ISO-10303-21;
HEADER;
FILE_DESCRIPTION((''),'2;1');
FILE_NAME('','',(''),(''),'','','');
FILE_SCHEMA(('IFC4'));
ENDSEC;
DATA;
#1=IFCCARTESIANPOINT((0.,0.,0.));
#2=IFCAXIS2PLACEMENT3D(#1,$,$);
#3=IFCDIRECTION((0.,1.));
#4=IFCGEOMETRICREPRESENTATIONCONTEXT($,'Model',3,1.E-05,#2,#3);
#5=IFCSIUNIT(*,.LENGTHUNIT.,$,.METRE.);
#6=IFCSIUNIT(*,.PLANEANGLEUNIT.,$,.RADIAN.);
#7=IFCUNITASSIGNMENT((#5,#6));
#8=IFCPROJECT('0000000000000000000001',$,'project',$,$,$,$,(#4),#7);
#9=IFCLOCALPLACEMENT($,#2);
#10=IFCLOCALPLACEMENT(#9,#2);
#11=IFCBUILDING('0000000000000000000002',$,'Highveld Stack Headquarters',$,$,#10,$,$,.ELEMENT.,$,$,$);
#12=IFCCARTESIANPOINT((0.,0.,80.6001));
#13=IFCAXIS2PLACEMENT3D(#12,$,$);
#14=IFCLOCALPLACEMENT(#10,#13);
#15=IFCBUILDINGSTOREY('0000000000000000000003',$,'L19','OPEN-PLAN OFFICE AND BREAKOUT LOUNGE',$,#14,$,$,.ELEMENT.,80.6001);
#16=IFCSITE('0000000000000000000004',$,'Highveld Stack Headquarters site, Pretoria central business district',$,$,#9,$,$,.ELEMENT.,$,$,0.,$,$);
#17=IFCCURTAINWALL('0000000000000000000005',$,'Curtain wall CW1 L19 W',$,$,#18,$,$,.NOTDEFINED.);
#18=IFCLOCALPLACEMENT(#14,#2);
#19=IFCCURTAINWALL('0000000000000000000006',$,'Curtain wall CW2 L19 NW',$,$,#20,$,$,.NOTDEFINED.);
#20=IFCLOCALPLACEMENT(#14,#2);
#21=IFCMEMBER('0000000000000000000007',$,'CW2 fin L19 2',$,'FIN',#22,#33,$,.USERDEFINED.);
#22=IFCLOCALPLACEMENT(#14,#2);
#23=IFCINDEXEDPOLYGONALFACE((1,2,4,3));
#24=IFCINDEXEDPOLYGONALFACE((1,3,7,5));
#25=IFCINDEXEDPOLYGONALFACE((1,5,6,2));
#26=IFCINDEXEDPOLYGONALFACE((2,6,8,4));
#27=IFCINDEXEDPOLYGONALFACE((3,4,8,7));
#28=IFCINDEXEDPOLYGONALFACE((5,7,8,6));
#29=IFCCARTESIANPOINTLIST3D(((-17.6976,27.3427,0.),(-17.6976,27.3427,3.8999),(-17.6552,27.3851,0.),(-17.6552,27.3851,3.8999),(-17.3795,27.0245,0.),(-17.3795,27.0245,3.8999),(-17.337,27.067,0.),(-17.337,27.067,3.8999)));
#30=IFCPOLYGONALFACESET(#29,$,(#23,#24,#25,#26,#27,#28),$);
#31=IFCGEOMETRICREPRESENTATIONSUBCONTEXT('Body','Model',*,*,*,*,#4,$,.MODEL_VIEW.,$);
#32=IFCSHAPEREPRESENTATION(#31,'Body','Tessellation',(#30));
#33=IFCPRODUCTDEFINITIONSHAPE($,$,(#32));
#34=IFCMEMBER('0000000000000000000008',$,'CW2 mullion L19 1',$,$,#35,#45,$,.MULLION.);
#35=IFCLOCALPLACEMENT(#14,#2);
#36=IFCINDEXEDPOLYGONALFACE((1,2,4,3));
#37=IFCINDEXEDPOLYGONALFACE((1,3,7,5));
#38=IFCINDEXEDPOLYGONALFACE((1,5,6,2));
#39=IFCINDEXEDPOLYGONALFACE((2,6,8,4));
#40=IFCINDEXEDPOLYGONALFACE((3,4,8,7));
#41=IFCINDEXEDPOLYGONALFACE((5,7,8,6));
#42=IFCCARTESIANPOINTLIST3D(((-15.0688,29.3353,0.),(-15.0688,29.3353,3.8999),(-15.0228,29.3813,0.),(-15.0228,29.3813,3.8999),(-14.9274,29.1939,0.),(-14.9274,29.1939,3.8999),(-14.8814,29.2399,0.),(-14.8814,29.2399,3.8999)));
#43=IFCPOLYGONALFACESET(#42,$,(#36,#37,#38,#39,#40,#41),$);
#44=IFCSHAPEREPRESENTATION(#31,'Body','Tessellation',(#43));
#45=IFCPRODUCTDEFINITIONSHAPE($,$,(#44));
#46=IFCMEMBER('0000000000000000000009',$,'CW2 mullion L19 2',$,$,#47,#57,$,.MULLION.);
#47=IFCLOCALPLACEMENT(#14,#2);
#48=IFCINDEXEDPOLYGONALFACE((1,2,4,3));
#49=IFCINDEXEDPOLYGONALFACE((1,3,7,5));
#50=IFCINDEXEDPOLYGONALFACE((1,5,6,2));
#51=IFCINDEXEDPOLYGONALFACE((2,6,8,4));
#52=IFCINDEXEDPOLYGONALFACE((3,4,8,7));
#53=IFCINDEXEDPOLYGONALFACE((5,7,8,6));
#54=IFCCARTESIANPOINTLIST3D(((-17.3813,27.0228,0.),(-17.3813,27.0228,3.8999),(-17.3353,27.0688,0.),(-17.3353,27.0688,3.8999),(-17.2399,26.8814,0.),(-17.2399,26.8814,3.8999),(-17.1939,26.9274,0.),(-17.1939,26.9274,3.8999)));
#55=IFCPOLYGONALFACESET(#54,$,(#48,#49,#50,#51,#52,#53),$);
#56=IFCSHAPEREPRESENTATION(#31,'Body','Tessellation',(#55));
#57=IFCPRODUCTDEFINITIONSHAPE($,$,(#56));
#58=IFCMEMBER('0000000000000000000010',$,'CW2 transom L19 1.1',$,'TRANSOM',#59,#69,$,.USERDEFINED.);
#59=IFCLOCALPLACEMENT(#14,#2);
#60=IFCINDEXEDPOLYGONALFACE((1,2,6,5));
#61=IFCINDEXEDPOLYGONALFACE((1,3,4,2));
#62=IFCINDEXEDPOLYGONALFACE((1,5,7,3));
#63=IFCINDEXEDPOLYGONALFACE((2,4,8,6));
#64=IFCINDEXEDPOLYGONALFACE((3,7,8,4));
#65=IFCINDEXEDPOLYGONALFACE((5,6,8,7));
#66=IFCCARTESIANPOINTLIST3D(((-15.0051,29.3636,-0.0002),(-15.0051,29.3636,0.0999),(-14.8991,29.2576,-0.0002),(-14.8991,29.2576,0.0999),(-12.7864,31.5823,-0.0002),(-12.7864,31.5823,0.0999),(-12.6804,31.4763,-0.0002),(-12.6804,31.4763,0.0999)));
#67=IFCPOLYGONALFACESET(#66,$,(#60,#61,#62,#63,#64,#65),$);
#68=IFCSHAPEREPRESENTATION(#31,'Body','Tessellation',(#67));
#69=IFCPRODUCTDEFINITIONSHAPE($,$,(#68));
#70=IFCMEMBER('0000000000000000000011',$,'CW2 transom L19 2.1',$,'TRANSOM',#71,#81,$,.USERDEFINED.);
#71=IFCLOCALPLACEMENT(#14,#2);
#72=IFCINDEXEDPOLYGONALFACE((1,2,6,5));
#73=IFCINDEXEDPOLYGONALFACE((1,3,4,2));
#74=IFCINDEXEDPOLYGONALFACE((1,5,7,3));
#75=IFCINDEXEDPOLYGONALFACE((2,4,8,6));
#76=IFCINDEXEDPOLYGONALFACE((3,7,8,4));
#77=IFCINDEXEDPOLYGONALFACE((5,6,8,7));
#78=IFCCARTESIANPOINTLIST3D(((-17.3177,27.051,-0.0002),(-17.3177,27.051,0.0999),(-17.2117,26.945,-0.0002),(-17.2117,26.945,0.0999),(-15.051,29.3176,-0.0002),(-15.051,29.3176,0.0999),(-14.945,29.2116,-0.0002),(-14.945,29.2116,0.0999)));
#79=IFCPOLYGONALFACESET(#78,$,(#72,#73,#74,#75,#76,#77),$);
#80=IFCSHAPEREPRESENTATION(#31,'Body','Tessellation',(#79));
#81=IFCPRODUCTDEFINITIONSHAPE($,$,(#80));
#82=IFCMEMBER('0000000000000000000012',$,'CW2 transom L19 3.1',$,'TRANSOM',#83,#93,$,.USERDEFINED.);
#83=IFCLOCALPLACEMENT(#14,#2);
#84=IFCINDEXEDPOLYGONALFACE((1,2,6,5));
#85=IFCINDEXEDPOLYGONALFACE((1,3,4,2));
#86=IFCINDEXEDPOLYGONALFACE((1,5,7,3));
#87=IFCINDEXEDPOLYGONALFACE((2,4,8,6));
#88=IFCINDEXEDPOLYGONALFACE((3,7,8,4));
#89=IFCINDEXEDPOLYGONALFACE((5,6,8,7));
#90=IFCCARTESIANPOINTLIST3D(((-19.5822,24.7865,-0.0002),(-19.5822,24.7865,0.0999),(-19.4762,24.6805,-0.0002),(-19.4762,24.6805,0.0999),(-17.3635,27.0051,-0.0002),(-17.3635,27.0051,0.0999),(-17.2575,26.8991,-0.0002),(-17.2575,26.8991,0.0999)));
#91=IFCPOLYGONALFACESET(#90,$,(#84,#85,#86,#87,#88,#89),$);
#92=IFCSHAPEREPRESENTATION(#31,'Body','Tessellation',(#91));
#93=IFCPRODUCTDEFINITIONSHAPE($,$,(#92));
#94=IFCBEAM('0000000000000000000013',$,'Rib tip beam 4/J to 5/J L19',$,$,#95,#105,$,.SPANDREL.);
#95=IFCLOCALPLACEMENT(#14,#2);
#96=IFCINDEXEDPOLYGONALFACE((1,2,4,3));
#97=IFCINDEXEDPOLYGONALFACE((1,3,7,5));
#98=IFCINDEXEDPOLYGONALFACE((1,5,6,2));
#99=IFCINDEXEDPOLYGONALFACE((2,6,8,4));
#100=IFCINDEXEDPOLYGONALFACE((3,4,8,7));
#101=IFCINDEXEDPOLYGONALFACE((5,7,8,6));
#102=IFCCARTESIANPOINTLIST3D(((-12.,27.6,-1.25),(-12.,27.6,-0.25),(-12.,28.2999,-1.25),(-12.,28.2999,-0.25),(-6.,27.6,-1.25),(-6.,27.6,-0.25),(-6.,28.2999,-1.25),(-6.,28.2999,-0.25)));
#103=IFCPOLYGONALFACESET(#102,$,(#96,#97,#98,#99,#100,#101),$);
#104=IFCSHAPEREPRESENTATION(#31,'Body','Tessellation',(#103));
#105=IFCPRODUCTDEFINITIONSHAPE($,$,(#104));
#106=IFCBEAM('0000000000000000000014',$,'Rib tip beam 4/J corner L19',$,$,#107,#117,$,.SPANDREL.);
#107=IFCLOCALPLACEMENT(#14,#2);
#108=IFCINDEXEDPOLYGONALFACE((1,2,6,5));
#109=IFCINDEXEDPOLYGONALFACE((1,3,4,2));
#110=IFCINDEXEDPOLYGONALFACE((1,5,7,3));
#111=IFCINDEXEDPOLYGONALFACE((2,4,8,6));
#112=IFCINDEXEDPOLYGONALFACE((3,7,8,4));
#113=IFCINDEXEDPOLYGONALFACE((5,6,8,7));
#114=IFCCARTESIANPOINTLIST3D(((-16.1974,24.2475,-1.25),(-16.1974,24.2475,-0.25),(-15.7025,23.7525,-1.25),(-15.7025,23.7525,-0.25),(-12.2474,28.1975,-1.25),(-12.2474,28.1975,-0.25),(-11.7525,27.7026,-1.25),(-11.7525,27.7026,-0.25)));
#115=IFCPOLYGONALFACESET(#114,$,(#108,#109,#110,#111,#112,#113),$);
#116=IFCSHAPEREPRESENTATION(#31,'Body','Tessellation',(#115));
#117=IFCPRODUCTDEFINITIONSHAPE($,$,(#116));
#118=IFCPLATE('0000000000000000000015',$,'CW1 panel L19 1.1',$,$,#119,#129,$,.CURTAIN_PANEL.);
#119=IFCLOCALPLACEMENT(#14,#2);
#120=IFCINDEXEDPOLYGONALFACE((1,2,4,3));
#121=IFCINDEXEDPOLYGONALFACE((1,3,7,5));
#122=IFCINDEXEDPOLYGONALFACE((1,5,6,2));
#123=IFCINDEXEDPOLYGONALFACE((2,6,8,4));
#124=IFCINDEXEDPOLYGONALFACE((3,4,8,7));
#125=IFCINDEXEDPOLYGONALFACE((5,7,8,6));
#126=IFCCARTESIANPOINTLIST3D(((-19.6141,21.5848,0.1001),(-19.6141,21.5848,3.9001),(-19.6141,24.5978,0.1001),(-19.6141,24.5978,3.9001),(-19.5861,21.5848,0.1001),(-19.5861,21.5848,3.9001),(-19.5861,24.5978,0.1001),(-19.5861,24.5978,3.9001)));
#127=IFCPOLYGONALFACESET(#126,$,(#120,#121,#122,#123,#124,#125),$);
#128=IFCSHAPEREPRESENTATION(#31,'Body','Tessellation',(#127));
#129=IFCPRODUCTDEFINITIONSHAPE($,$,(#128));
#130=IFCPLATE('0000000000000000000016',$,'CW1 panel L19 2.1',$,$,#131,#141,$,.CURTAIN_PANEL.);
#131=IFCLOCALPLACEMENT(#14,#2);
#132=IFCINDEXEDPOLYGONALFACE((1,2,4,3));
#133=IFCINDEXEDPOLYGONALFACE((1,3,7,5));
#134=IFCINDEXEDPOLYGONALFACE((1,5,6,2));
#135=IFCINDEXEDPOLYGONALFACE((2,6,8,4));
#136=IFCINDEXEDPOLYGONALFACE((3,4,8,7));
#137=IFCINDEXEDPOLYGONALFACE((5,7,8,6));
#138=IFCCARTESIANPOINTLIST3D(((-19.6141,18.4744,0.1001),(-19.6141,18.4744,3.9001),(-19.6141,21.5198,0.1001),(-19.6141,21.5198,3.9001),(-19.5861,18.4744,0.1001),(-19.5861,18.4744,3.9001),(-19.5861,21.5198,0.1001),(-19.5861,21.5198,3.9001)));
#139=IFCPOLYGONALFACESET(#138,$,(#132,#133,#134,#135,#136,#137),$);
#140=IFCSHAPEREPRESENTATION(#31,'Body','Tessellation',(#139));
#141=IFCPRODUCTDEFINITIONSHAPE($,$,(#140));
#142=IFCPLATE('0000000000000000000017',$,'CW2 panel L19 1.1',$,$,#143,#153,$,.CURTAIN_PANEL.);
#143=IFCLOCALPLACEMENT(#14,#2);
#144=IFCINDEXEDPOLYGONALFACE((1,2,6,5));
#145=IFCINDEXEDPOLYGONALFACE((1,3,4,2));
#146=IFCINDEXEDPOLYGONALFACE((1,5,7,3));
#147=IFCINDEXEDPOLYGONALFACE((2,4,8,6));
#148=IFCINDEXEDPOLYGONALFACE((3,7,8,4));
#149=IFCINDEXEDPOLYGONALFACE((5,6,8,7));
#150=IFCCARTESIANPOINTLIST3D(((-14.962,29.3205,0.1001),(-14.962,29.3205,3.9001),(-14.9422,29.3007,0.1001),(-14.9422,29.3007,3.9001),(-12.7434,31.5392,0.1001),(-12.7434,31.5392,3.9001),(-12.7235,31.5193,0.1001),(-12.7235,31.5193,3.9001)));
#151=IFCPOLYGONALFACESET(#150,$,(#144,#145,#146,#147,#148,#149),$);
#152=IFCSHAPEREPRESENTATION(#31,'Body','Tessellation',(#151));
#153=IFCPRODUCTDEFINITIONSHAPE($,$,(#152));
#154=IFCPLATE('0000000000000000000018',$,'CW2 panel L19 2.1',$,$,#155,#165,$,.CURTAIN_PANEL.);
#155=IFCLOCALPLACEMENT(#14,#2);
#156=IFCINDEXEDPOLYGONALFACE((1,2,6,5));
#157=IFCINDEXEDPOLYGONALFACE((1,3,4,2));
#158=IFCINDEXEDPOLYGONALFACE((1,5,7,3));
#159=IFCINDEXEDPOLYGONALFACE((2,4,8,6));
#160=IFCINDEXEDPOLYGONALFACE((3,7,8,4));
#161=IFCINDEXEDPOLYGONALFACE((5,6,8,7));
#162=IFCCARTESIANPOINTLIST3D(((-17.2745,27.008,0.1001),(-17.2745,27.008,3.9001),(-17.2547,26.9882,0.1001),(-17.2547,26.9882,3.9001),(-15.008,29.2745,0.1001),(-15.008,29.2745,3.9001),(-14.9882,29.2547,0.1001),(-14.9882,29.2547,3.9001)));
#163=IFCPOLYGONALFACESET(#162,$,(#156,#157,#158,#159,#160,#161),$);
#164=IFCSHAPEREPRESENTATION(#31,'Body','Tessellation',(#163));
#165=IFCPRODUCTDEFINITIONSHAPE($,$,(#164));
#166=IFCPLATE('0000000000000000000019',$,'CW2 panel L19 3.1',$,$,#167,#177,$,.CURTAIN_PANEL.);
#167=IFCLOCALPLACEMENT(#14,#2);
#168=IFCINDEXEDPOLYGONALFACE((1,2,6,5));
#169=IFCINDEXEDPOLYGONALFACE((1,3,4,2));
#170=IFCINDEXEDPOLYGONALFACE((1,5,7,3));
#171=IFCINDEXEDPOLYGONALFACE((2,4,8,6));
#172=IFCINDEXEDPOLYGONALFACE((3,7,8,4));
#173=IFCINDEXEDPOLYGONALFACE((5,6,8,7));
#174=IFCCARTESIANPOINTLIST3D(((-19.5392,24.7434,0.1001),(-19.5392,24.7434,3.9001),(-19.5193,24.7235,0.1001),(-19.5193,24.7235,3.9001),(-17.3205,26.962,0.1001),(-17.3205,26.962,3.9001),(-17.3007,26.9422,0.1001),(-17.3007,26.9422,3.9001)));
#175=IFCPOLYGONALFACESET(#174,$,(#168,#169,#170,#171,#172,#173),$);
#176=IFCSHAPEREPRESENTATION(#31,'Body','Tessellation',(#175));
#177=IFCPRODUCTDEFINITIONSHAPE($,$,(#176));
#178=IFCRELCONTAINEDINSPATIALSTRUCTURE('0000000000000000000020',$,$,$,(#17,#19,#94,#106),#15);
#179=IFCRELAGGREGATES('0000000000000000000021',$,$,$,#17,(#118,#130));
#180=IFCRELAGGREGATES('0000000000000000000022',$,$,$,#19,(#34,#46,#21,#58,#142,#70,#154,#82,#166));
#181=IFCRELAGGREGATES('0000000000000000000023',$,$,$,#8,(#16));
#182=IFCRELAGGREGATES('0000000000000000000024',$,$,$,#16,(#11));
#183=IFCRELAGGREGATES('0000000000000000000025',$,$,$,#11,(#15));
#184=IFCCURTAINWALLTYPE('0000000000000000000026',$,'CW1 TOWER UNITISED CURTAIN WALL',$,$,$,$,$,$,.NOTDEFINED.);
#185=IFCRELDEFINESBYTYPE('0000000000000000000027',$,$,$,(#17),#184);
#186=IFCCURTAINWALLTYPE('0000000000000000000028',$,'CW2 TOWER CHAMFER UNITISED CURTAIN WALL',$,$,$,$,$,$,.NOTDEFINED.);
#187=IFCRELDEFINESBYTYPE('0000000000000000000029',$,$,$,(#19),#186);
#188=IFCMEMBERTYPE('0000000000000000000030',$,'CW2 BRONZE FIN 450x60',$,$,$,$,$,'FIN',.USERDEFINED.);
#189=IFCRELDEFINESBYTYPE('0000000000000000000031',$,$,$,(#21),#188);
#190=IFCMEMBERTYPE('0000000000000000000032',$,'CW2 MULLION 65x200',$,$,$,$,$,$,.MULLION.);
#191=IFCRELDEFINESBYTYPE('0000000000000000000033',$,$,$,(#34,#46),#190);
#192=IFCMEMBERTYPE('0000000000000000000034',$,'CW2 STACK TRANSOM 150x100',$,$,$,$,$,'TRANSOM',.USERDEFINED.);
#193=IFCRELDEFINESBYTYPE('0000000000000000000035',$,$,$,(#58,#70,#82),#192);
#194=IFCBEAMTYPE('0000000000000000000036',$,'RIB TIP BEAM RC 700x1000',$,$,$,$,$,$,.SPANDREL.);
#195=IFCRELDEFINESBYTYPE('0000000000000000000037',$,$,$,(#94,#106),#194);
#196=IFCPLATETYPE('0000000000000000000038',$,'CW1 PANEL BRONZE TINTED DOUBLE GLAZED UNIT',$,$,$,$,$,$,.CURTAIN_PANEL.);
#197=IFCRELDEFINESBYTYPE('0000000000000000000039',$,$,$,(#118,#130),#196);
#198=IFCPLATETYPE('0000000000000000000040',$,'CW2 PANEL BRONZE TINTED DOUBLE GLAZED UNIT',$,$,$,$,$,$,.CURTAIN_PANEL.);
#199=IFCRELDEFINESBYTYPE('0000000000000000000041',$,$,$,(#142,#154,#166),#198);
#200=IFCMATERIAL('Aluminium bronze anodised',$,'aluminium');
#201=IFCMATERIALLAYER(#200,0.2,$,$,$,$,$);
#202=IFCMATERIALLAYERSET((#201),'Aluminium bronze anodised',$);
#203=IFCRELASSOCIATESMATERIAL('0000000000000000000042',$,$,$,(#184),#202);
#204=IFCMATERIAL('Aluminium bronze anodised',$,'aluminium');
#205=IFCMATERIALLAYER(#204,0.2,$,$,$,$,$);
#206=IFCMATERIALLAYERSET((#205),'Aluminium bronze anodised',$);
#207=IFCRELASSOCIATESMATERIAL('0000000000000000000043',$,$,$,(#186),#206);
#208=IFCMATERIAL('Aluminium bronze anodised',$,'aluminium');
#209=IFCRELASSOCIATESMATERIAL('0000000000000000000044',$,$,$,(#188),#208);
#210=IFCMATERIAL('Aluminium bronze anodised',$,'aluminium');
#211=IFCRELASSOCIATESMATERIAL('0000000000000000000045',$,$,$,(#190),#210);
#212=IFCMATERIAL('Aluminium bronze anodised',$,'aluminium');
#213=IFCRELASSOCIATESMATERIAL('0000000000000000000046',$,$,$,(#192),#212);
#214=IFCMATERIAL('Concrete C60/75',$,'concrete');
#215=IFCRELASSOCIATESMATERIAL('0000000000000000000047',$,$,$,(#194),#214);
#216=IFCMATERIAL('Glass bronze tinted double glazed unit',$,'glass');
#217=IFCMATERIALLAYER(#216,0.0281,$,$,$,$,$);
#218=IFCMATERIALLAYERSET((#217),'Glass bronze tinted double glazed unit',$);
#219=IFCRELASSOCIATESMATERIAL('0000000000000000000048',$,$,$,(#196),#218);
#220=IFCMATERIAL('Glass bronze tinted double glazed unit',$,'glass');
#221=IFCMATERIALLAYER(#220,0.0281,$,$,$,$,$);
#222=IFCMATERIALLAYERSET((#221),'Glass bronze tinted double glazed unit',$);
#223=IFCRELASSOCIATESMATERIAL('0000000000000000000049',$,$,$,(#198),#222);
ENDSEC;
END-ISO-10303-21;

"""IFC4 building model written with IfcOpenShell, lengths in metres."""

from ifc_helpers import new_model, si_unit, direction, frame, origin, origin_2d, place, context, subcontext, project, spatial, rectangle, extrude, material, layer, layer_set, material_profile, profile_set, type_object, element, aggregate, save


model = new_model("IFC4")

# Units and contexts
model_context = context("Model", 3, precision=1e-05, world=origin(), true_north=direction((0.0, 1.0)))
body_context = subcontext(model_context, "Body", "Model", "MODEL_VIEW")
ifc_project = project(units=[si_unit("LENGTHUNIT", "METRE"), si_unit("PLANEANGLEUNIT", "RADIAN")], contexts=[model_context])

# Site, building, storey
site_placement = place(None, origin())
site = spatial("IfcSite", under=ifc_project, at=site_placement, Name="Highveld Stack Headquarters site, Pretoria central business district", CompositionType="ELEMENT", RefElevation=0.0)
building_placement = place(site_placement, origin())
building = spatial("IfcBuilding", under=site, at=building_placement, Name="Highveld Stack Headquarters", CompositionType="ELEMENT")
storey_placement = place(building_placement, frame((0.0, 0.0, 80.6001)))
storey = spatial("IfcBuildingStorey", under=building, at=storey_placement, Name="L19", Description="OPEN-PLAN OFFICE AND BREAKOUT LOUNGE", CompositionType="ELEMENT", Elevation=80.6001)

# Shared definitions
ifc_material_1 = material(Name="Aluminium bronze anodised", Category="aluminium")
ifc_layer_1 = layer(ifc_material_1, 0.2)
ifc_layer_set_1 = layer_set([ifc_layer_1], Name="Aluminium bronze anodised")
curtain_wall_type_1 = type_object("IfcCurtainWallType", Name="CW1 TOWER UNITISED CURTAIN WALL", PredefinedType="NOTDEFINED", material=ifc_layer_set_1)

# Curtain wall
curtain_wall_1_placement = place(storey_placement, origin())
curtain_wall_1 = element("IfcCurtainWall", 1, at=curtain_wall_1_placement, inside=storey, type_object=curtain_wall_type_1, Name="Curtain wall CW1 L19 W", PredefinedType="NOTDEFINED")

# Curtain wall, members
ifc_material_2 = material(Name="Aluminium bronze anodised", Category="aluminium")
ifc_layer_2 = layer(ifc_material_2, 0.2)
ifc_layer_set_2 = layer_set([ifc_layer_2], Name="Aluminium bronze anodised")
curtain_wall_type_2 = type_object("IfcCurtainWallType", Name="CW2 TOWER CHAMFER UNITISED CURTAIN WALL", PredefinedType="NOTDEFINED", material=ifc_layer_set_2)
curtain_wall_2_placement = place(storey_placement, origin())
curtain_wall_2 = element("IfcCurtainWall", 2, at=curtain_wall_2_placement, inside=storey, type_object=curtain_wall_type_2, Name="Curtain wall CW2 L19 NW", PredefinedType="NOTDEFINED")
ifc_material_3 = material(Name="Aluminium bronze anodised", Category="aluminium")
ifc_material_profile_1 = material_profile(ifc_material_3, rectangle(XDim=0.45, YDim=0.0601, at=origin_2d()), Name="FIN 450x60")
ifc_profile_set_1 = profile_set([ifc_material_profile_1], Name="Aluminium bronze anodised")
member_type_1 = type_object("IfcMemberType", Name="CW2 BRONZE FIN 450x60", ElementType="FIN", PredefinedType="USERDEFINED", material=ifc_profile_set_1)
member_1_placement = place(storey_placement, frame((-17.5173, 27.2048, 0.0), z_axis=(0.0, 0.0, 1.0), x_axis=(0.707107, -0.707107, 0.0)))
member_1 = element("IfcMember", 3, at=member_1_placement, type_object=member_type_1, Name="CW2 fin L19 2", ObjectType="FIN", PredefinedType="USERDEFINED", context=body_context, shape_type="SweptSolid", body=[
    extrude(rectangle(XDim=0.45, YDim=0.0601, at=origin_2d()), origin(), (0.0, 0.0, 1.0), 3.8999),
])
ifc_material_4 = material(Name="Aluminium bronze anodised", Category="aluminium")
ifc_material_profile_2 = material_profile(ifc_material_4, rectangle(XDim=0.2, YDim=0.0649, at=origin_2d()), Name="CW2 MULLION 65x200")
ifc_profile_set_2 = profile_set([ifc_material_profile_2], Name="Aluminium bronze anodised")
member_type_2 = type_object("IfcMemberType", Name="CW2 MULLION 65x200", PredefinedType="MULLION", material=ifc_profile_set_2)
member_2_placement = place(storey_placement, frame((-14.9751, 29.2876, 0.0), z_axis=(0.0, 0.0, 1.0), x_axis=(0.707107, -0.707107, 0.0)))
member_2 = element("IfcMember", 4, at=member_2_placement, type_object=member_type_2, Name="CW2 mullion L19 1", PredefinedType="MULLION", context=body_context, shape_type="SweptSolid", body=[
    extrude(rectangle(XDim=0.2, YDim=0.0649, at=origin_2d()), origin(), (0.0, 0.0, 1.0), 3.8999),
])
member_3_placement = place(storey_placement, frame((-17.2876, 26.9751, 0.0), z_axis=(0.0, 0.0, 1.0), x_axis=(0.707107, -0.707107, 0.0)))
member_3 = element("IfcMember", 5, at=member_3_placement, type_object=member_type_2, Name="CW2 mullion L19 2", PredefinedType="MULLION", context=body_context, shape_type="SweptSolid", body=[
    extrude(rectangle(XDim=0.2, YDim=0.0649, at=origin_2d()), origin(), (0.0, 0.0, 1.0), 3.8999),
])
ifc_material_5 = material(Name="Aluminium bronze anodised", Category="aluminium")
ifc_material_profile_3 = material_profile(ifc_material_5, rectangle(XDim=0.1499, YDim=0.1001, at=origin_2d()), Name="CW2 TRANSOM 150x100")
ifc_profile_set_3 = profile_set([ifc_material_profile_3], Name="Aluminium bronze anodised")
member_type_3 = type_object("IfcMemberType", Name="CW2 STACK TRANSOM 150x100", ElementType="TRANSOM", PredefinedType="USERDEFINED", material=ifc_profile_set_3)
member_4_placement = place(storey_placement, frame((-12.7334, 31.5293, 0.0498), z_axis=(-0.707107, -0.707107, 0.0), x_axis=(0.707107, -0.707107, 0.0)))
member_4 = element("IfcMember", 6, at=member_4_placement, type_object=member_type_3, Name="CW2 transom L19 1.1", ObjectType="TRANSOM", PredefinedType="USERDEFINED", context=body_context, shape_type="SweptSolid", body=[
    extrude(rectangle(XDim=0.1499, YDim=0.1001, at=origin_2d()), origin(), (0.0, 0.0, 1.0), 3.1377),
])
member_5_placement = place(storey_placement, frame((-14.998, 29.2646, 0.0498), z_axis=(-0.707107, -0.707107, 0.0), x_axis=(0.707107, -0.707107, 0.0)))
member_5 = element("IfcMember", 7, at=member_5_placement, type_object=member_type_3, Name="CW2 transom L19 2.1", ObjectType="TRANSOM", PredefinedType="USERDEFINED", context=body_context, shape_type="SweptSolid", body=[
    extrude(rectangle(XDim=0.1499, YDim=0.1001, at=origin_2d()), origin(), (0.0, 0.0, 1.0), 3.2056),
])
member_6_placement = place(storey_placement, frame((-17.3105, 26.9521, 0.0498), z_axis=(-0.707107, -0.707107, 0.0), x_axis=(0.707107, -0.707107, 0.0)))
member_6 = element("IfcMember", 8, at=member_6_placement, type_object=member_type_3, Name="CW2 transom L19 3.1", ObjectType="TRANSOM", PredefinedType="USERDEFINED", context=body_context, shape_type="SweptSolid", body=[
    extrude(rectangle(XDim=0.1499, YDim=0.1001, at=origin_2d()), origin(), (0.0, 0.0, 1.0), 3.1377),
])

# Beams
ifc_material_6 = material(Name="Concrete C60/75", Category="concrete")
ifc_material_profile_4 = material_profile(ifc_material_6, rectangle(XDim=0.7, YDim=1.0, at=origin_2d()), Name="RC 700x1000")
ifc_profile_set_4 = profile_set([ifc_material_profile_4], Name="Concrete C60/75")
beam_type_1 = type_object("IfcBeamType", Name="RIB TIP BEAM RC 700x1000", PredefinedType="SPANDREL", material=ifc_profile_set_4)
beam_1_placement = place(storey_placement, frame((-12.0, 27.95, -0.75), z_axis=(1.0, 0.0, 0.0), x_axis=(0.0, 1.0, 0.0)))
element("IfcBeam", 9, at=beam_1_placement, inside=storey, type_object=beam_type_1, Name="Rib tip beam 4/J to 5/J L19", PredefinedType="SPANDREL", context=body_context, shape_type="SweptSolid", body=[
    extrude(rectangle(XDim=0.7, YDim=1.0, at=origin_2d()), origin(), (0.0, 0.0, 1.0), 6.0),
])
beam_2_placement = place(storey_placement, frame((-15.95, 24.0, -0.75), z_axis=(0.707107, 0.707107, 0.0), x_axis=(-0.707107, 0.707107, 0.0)))
element("IfcBeam", 10, at=beam_2_placement, inside=storey, type_object=beam_type_1, Name="Rib tip beam 4/J corner L19", PredefinedType="SPANDREL", context=body_context, shape_type="SweptSolid", body=[
    extrude(rectangle(XDim=0.7, YDim=1.0, at=origin_2d()), origin(), (0.0, 0.0, 1.0), 5.5862),
])

# Plates
ifc_material_7 = material(Name="Glass bronze tinted double glazed unit", Category="glass")
ifc_layer_3 = layer(ifc_material_7, 0.0281)
ifc_layer_set_3 = layer_set([ifc_layer_3], Name="Glass bronze tinted double glazed unit")
plate_type_1 = type_object("IfcPlateType", Name="CW1 PANEL BRONZE TINTED DOUBLE GLAZED UNIT", PredefinedType="CURTAIN_PANEL", material=ifc_layer_set_3)
plate_1_placement = place(storey_placement, frame((-19.6001, 23.0913, 0.1001), z_axis=(0.0, 0.0, 1.0), x_axis=(0.0, -1.0, 0.0)))
plate_1 = element("IfcPlate", 11, at=plate_1_placement, type_object=plate_type_1, Name="CW1 panel L19 1.1", PredefinedType="CURTAIN_PANEL", context=body_context, shape_type="SweptSolid", body=[
    extrude(rectangle(XDim=3.0129, YDim=0.0281, at=origin_2d()), origin(), (0.0, 0.0, 1.0), 3.8),
])
plate_2_placement = place(storey_placement, frame((-19.6001, 19.9971, 0.1001), z_axis=(0.0, 0.0, 1.0), x_axis=(0.0, -1.0, 0.0)))
plate_2 = element("IfcPlate", 12, at=plate_2_placement, type_object=plate_type_1, Name="CW1 panel L19 2.1", PredefinedType="CURTAIN_PANEL", context=body_context, shape_type="SweptSolid", body=[
    extrude(rectangle(XDim=3.0454, YDim=0.0281, at=origin_2d()), origin(), (0.0, 0.0, 1.0), 3.8),
])
aggregate(curtain_wall_1, [plate_1, plate_2])
ifc_material_8 = material(Name="Glass bronze tinted double glazed unit", Category="glass")
ifc_layer_4 = layer(ifc_material_8, 0.0281)
ifc_layer_set_4 = layer_set([ifc_layer_4], Name="Glass bronze tinted double glazed unit")
plate_type_2 = type_object("IfcPlateType", Name="CW2 PANEL BRONZE TINTED DOUBLE GLAZED UNIT", PredefinedType="CURTAIN_PANEL", material=ifc_layer_set_4)
plate_3_placement = place(storey_placement, frame((-13.8428, 30.4199, 0.1001), z_axis=(0.0, 0.0, 1.0), x_axis=(-0.707107, -0.707107, 0.0)))
plate_3 = element("IfcPlate", 13, at=plate_3_placement, type_object=plate_type_2, Name="CW2 panel L19 1.1", PredefinedType="CURTAIN_PANEL", context=body_context, shape_type="SweptSolid", body=[
    extrude(rectangle(XDim=3.1377, YDim=0.0281, at=origin_2d()), origin(), (0.0, 0.0, 1.0), 3.8),
])
plate_4_placement = place(storey_placement, frame((-16.1313, 28.1313, 0.1001), z_axis=(0.0, 0.0, 1.0), x_axis=(-0.707107, -0.707107, 0.0)))
plate_4 = element("IfcPlate", 14, at=plate_4_placement, type_object=plate_type_2, Name="CW2 panel L19 2.1", PredefinedType="CURTAIN_PANEL", context=body_context, shape_type="SweptSolid", body=[
    extrude(rectangle(XDim=3.2053, YDim=0.0281, at=origin_2d()), origin(), (0.0, 0.0, 1.0), 3.8),
])
plate_5_placement = place(storey_placement, frame((-18.4199, 25.8428, 0.1001), z_axis=(0.0, 0.0, 1.0), x_axis=(-0.707107, -0.707107, 0.0)))
plate_5 = element("IfcPlate", 15, at=plate_5_placement, type_object=plate_type_2, Name="CW2 panel L19 3.1", PredefinedType="CURTAIN_PANEL", context=body_context, shape_type="SweptSolid", body=[
    extrude(rectangle(XDim=3.1377, YDim=0.0281, at=origin_2d()), origin(), (0.0, 0.0, 1.0), 3.8),
])
aggregate(curtain_wall_2, [member_2, member_3, member_1, member_4, plate_3, member_5, plate_4, member_6, plate_5])

save(model, "model.ifc")
